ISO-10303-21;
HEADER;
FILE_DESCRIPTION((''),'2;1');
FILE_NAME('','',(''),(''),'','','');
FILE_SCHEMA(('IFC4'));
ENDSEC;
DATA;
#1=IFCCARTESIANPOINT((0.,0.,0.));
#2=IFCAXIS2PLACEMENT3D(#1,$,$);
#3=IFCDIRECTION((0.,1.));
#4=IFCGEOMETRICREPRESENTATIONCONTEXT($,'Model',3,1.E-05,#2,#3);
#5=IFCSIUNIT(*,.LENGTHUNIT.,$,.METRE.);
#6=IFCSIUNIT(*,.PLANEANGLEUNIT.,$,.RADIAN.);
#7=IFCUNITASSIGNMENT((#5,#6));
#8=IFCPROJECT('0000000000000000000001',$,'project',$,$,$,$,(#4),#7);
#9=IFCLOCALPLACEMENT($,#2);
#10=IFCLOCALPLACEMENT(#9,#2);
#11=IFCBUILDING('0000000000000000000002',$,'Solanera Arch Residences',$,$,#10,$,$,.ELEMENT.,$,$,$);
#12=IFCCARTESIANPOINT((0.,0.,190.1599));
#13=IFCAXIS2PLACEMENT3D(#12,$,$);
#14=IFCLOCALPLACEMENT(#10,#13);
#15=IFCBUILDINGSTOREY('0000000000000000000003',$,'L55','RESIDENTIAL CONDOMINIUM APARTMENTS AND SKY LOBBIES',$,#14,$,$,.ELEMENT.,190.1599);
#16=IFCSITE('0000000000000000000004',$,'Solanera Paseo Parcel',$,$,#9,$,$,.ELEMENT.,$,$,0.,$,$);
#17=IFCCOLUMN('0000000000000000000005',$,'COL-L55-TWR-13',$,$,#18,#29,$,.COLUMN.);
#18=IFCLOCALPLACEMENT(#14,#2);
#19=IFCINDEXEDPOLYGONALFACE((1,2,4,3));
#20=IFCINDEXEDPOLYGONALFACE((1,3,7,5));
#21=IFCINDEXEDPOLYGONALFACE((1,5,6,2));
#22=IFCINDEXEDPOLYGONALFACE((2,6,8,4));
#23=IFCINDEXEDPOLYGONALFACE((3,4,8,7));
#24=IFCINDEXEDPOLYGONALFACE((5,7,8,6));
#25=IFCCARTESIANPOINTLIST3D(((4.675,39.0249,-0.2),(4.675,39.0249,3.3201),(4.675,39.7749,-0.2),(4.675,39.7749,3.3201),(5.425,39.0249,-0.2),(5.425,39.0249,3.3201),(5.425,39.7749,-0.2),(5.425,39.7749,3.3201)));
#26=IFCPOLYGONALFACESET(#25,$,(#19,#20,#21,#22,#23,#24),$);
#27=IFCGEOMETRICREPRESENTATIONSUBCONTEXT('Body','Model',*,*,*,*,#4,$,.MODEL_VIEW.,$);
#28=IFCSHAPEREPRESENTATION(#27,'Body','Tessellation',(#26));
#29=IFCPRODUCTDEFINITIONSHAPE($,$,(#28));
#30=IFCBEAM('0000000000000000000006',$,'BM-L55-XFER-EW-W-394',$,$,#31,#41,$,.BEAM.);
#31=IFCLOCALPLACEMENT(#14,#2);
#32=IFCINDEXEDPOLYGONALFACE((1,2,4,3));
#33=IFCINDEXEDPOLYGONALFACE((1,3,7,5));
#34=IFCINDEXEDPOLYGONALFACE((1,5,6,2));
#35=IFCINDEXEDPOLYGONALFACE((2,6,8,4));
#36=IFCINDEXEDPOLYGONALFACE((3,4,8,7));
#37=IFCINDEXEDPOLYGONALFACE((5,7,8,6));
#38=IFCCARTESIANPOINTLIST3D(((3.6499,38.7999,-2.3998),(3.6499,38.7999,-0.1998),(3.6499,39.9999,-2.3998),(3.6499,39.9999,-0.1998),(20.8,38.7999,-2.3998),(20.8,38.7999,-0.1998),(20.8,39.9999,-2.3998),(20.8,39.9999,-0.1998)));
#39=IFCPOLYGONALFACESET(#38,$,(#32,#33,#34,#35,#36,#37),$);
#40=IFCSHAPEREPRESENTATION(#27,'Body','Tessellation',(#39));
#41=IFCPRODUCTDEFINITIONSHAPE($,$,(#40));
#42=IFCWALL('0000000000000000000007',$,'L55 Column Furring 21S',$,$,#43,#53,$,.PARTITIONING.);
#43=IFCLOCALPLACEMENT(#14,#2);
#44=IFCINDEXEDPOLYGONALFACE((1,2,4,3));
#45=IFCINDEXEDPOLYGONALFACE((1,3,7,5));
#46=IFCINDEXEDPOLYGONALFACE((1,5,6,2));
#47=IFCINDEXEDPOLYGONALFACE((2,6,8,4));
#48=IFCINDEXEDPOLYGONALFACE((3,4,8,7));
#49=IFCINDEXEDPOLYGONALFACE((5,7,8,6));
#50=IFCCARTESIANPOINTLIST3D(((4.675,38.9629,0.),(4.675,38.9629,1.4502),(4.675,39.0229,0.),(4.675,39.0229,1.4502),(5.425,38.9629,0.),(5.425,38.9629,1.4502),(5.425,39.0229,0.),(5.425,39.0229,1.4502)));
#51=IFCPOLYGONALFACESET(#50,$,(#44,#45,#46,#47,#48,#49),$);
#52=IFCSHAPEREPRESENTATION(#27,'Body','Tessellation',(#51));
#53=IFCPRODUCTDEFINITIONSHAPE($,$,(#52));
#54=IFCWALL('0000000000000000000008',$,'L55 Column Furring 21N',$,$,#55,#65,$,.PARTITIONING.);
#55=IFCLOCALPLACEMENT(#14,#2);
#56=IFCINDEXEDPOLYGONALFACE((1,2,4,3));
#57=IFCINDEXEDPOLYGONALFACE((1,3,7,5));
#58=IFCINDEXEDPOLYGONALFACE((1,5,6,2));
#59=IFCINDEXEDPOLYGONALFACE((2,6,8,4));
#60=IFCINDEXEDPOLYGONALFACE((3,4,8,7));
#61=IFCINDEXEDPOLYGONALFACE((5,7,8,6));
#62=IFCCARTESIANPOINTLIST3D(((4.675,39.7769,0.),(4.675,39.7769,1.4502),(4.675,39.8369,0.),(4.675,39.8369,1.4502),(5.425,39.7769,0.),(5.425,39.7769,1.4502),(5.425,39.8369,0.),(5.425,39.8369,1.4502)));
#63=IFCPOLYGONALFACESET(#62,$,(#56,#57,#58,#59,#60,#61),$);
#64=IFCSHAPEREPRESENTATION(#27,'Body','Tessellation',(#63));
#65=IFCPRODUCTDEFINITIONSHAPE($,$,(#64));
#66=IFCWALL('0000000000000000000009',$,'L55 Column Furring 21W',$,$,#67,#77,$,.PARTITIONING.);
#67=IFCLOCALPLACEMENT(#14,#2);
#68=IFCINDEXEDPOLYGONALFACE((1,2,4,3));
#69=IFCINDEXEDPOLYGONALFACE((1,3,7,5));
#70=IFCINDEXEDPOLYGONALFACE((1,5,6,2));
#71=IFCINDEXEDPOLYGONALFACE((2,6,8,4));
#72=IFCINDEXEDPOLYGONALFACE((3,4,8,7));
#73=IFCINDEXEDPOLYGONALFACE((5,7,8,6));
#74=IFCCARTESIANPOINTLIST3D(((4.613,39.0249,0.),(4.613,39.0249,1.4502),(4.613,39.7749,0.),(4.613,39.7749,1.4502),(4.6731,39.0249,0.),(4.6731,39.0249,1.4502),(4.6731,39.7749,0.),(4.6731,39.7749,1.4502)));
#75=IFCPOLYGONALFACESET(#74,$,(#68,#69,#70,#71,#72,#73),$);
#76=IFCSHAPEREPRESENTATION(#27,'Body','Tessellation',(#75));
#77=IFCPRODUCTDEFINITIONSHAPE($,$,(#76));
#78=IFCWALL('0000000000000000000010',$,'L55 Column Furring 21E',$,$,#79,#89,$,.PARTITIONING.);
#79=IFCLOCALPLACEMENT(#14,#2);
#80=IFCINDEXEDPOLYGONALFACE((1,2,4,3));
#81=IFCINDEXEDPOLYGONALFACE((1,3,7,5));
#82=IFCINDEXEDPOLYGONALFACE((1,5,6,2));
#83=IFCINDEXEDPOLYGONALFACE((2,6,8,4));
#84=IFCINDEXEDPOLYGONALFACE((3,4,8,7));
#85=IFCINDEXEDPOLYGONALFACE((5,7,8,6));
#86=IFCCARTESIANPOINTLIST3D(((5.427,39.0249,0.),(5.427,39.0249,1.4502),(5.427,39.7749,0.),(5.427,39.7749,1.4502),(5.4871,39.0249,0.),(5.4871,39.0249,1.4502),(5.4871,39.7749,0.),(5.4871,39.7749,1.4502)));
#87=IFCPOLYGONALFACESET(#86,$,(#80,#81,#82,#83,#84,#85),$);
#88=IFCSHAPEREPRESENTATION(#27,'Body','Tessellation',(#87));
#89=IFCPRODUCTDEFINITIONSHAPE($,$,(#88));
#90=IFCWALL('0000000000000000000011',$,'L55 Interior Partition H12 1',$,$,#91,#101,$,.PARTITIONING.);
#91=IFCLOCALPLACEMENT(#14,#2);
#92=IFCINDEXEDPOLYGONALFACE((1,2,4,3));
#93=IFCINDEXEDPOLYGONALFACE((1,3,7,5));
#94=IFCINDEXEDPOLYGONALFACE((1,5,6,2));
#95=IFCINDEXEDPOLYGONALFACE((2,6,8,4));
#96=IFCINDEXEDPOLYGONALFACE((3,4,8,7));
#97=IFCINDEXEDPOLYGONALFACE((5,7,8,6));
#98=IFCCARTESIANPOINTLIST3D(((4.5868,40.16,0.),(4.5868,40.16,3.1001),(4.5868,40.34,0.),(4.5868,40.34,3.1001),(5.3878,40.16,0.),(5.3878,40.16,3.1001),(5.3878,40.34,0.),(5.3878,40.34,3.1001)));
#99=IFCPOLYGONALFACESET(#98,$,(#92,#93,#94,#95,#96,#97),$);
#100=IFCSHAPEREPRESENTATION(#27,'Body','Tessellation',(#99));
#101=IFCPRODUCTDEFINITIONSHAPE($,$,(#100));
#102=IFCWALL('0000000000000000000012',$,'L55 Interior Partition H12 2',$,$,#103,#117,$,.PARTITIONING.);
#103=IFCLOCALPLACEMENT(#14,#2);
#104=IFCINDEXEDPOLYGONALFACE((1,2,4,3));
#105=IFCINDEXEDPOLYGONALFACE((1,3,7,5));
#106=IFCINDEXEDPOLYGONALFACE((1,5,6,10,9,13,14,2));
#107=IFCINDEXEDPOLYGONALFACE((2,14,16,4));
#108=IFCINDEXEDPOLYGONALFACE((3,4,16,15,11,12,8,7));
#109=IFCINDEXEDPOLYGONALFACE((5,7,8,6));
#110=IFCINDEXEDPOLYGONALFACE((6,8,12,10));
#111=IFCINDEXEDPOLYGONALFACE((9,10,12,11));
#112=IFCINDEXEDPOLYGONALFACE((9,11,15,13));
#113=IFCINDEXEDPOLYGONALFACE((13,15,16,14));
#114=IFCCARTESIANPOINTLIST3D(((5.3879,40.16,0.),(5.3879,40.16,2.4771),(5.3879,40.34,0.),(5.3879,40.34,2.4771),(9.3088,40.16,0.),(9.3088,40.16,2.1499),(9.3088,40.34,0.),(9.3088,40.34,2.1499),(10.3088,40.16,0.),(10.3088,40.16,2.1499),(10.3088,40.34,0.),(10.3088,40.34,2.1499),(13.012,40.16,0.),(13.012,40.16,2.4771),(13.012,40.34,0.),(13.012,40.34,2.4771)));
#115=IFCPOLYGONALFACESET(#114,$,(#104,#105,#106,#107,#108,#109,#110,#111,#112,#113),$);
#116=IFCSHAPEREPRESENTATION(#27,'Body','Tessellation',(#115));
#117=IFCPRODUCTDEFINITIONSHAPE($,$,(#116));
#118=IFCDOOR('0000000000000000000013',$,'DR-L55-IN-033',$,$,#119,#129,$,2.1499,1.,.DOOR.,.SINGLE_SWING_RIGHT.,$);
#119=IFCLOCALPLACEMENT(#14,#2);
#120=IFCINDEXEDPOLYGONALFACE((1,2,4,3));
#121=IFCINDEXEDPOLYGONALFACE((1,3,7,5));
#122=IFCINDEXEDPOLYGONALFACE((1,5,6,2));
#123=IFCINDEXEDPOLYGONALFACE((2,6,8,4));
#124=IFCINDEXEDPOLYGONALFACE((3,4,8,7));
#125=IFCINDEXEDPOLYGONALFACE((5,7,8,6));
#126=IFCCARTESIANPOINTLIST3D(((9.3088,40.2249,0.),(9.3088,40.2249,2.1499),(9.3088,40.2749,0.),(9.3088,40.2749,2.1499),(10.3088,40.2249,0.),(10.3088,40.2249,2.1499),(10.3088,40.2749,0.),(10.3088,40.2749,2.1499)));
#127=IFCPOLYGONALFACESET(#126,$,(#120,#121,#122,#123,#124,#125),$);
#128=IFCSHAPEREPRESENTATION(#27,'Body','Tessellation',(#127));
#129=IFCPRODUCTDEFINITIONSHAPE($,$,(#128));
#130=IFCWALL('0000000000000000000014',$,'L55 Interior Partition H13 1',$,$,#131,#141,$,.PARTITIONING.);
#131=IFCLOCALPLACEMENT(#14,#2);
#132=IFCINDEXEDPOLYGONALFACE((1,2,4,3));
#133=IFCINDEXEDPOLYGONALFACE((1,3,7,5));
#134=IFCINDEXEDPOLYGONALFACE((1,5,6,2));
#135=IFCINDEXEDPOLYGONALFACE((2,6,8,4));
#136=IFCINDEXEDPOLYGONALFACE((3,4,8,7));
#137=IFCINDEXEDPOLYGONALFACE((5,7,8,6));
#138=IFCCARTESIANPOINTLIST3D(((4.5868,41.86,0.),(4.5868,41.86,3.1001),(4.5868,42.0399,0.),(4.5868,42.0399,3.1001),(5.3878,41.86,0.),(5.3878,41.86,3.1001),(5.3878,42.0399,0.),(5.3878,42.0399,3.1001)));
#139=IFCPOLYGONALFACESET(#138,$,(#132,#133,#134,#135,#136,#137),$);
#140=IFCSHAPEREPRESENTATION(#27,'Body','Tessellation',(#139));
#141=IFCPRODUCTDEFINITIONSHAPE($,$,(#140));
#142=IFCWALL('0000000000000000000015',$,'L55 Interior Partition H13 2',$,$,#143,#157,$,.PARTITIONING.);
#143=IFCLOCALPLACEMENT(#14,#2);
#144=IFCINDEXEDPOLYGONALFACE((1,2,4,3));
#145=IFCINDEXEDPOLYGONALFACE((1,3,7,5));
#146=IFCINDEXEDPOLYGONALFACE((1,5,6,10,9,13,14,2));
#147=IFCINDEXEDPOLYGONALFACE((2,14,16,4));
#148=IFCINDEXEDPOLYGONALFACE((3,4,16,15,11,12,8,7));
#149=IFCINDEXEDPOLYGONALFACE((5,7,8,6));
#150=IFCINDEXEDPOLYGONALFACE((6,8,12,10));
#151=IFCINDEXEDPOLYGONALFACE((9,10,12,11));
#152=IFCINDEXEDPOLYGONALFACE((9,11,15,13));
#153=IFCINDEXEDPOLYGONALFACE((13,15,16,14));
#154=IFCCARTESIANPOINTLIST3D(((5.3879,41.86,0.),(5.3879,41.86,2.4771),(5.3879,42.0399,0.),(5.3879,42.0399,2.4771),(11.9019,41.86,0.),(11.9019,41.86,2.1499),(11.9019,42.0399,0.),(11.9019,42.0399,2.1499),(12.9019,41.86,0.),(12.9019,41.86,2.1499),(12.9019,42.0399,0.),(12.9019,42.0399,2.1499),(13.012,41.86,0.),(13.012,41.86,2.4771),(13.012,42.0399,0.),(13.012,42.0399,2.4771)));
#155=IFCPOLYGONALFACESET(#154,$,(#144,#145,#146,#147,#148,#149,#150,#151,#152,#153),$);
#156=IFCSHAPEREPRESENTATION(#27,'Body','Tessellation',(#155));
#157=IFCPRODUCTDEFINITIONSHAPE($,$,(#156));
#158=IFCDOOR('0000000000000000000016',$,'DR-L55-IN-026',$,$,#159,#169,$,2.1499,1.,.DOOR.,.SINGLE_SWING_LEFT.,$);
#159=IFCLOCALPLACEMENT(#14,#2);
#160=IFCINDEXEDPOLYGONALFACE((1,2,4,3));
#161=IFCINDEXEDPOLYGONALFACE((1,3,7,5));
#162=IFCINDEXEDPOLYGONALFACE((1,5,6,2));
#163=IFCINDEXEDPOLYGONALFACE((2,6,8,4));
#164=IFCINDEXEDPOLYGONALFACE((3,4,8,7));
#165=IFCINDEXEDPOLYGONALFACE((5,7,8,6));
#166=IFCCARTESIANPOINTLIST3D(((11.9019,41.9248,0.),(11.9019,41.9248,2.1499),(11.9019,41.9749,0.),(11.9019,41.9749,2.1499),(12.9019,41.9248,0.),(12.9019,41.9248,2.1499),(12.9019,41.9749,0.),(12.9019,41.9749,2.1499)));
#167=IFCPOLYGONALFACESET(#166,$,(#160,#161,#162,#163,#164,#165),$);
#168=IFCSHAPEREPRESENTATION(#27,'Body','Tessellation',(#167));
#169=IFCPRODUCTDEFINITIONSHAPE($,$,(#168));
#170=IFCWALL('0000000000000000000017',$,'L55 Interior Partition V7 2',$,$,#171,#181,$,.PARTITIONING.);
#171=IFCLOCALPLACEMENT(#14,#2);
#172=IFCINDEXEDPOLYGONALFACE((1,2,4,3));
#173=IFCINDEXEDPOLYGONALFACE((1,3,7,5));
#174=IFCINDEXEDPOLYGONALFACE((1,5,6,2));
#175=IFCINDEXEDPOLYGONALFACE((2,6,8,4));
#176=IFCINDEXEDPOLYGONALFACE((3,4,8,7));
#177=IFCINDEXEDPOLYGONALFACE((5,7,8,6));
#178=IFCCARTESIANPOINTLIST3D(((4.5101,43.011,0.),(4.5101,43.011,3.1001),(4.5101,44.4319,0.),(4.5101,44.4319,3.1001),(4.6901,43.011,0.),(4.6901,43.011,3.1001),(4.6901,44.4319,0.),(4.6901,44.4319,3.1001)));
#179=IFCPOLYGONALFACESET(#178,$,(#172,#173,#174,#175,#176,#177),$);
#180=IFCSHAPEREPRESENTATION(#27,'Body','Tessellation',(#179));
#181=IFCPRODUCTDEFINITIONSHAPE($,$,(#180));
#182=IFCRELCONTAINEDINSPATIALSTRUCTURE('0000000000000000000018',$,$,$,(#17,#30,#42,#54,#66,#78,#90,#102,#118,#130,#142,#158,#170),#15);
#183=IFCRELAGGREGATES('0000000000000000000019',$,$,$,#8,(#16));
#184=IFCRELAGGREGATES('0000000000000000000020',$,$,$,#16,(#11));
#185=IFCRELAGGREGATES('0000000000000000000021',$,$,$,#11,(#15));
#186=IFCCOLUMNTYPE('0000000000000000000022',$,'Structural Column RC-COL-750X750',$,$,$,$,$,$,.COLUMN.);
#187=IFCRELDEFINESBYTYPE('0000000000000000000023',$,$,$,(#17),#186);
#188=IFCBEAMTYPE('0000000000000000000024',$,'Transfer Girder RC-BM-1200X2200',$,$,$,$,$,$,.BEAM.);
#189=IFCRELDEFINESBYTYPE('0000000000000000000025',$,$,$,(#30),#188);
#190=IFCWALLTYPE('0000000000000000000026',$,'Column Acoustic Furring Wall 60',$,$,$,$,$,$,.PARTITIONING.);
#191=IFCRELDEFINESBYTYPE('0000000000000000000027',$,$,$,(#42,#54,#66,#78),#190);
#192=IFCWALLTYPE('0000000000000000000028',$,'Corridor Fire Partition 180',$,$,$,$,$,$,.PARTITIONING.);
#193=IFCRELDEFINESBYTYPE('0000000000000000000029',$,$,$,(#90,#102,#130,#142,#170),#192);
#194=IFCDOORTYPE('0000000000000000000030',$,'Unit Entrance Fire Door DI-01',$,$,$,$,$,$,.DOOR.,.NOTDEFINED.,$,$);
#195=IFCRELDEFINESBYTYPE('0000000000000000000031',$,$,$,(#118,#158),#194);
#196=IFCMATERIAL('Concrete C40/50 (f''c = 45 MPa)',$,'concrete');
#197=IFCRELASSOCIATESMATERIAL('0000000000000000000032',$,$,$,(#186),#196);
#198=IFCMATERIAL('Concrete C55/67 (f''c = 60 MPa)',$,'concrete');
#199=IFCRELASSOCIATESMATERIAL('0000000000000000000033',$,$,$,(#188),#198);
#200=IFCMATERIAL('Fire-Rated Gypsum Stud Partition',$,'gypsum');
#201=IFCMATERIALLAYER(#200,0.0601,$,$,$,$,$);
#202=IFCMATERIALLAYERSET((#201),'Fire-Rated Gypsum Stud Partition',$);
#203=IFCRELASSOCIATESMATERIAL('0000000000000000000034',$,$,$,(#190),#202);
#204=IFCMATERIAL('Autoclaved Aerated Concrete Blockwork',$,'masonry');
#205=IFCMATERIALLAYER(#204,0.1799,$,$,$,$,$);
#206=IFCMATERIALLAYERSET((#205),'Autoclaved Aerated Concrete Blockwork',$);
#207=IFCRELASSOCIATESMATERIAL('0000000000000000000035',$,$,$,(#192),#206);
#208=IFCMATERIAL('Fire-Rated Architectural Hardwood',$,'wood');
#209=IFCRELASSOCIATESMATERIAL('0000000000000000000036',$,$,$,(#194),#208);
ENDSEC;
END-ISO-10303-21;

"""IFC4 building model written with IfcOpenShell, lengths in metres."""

from ifc_helpers import new_model, si_unit, direction, frame, frame_2d, origin, origin_2d, place, context, subcontext, project, spatial, rectangle, extrude, material, layer, layer_set, material_profile, profile_set, type_object, element, fill, save


model = new_model("IFC4")

# Units and contexts
model_context = context("Model", 3, precision=1e-05, world=origin(), true_north=direction((0.0, 1.0)))
body_context = subcontext(model_context, "Body", "Model", "MODEL_VIEW")
ifc_project = project(units=[si_unit("LENGTHUNIT", "METRE"), si_unit("PLANEANGLEUNIT", "RADIAN")], contexts=[model_context])

# Site, building, storey
site_placement = place(None, origin())
site = spatial("IfcSite", under=ifc_project, at=site_placement, Name="Solanera Paseo Parcel", CompositionType="ELEMENT", RefElevation=0.0)
building_placement = place(site_placement, origin())
building = spatial("IfcBuilding", under=site, at=building_placement, Name="Solanera Arch Residences", CompositionType="ELEMENT")
storey_placement = place(building_placement, frame((0.0, 0.0, 190.1599)))
storey = spatial("IfcBuildingStorey", under=building, at=storey_placement, Name="L55", Description="RESIDENTIAL CONDOMINIUM APARTMENTS AND SKY LOBBIES", CompositionType="ELEMENT", Elevation=190.1599)

# Column
ifc_material_1 = material(Name="Concrete C40/50 (f'c = 45 MPa)", Category="concrete")
ifc_material_profile_1 = material_profile(ifc_material_1, rectangle(XDim=0.75, YDim=0.75, at=origin_2d()))
ifc_profile_set_1 = profile_set([ifc_material_profile_1], Name="Concrete C40/50 (f'c = 45 MPa)")
column_type = type_object("IfcColumnType", Name="Structural Column RC-COL-750X750", PredefinedType="COLUMN", material=ifc_profile_set_1)
column_placement = place(storey_placement, frame((5.05, 39.3999, -0.2), z_axis=(0.0, 0.0, 1.0), x_axis=(1.0, 0.0, 0.0)))
element("IfcColumn", 1, at=column_placement, inside=storey, type_object=column_type, Name="COL-L55-TWR-13", PredefinedType="COLUMN", context=body_context, shape_type="SweptSolid", body=[
    extrude(rectangle(XDim=0.75, YDim=0.75, at=origin_2d()), origin(), (0.0, 0.0, 1.0), 3.52),
])

# Beam
ifc_material_2 = material(Name="Concrete C55/67 (f'c = 60 MPa)", Category="concrete")
ifc_material_profile_2 = material_profile(ifc_material_2, rectangle(XDim=1.2, YDim=2.2, at=origin_2d()))
ifc_profile_set_2 = profile_set([ifc_material_profile_2], Name="Concrete C55/67 (f'c = 60 MPa)")
beam_type = type_object("IfcBeamType", Name="Transfer Girder RC-BM-1200X2200", PredefinedType="BEAM", material=ifc_profile_set_2)
beam_placement = place(storey_placement, frame((3.6499, 39.3999, -1.2998), z_axis=(1.0, 0.0, 0.0), x_axis=(0.0, 1.0, 0.0)))
element("IfcBeam", 2, at=beam_placement, inside=storey, type_object=beam_type, Name="BM-L55-XFER-EW-W-394", PredefinedType="BEAM", context=body_context, shape_type="SweptSolid", body=[
    extrude(rectangle(XDim=1.2, YDim=2.2, at=origin_2d()), origin(), (0.0, 0.0, 1.0), 17.1501),
])

# Walls
ifc_material_3 = material(Name="Fire-Rated Gypsum Stud Partition", Category="gypsum")
ifc_layer_1 = layer(ifc_material_3, 0.0601)
ifc_layer_set_1 = layer_set([ifc_layer_1], Name="Fire-Rated Gypsum Stud Partition")
wall_type_1 = type_object("IfcWallType", Name="Column Acoustic Furring Wall 60", PredefinedType="PARTITIONING", material=ifc_layer_set_1)
for number, where, z_axis, x_axis, name in (
    (3, (4.675, 38.9929, 0.0), (0.0, 0.0, 1.0), (1.0, 0.0, 0.0), "L55 Column Furring 21S"),
    (4, (4.675, 39.8069, 0.0), (0.0, 0.0, 1.0), (1.0, 0.0, 0.0), "L55 Column Furring 21N"),
    (5, (4.6431, 39.0249, 0.0), (0.0, 0.0, 1.0), (0.0, 1.0, 0.0), "L55 Column Furring 21W"),
    (6, (5.457, 39.0249, 0.0), (0.0, 0.0, 1.0), (0.0, 1.0, 0.0), "L55 Column Furring 21E"),
):
    element("IfcWall", number, at=place(storey_placement, frame(where, z_axis=z_axis, x_axis=x_axis)), inside=storey, type_object=wall_type_1, Name=name, PredefinedType="PARTITIONING", context=body_context, shape_type="SweptSolid", body=[
        extrude(rectangle(XDim=0.75, YDim=0.0601, at=frame_2d((0.375, 0.0))), origin(), (0.0, 0.0, 1.0), 1.4502),
    ])
ifc_material_4 = material(Name="Autoclaved Aerated Concrete Blockwork", Category="masonry")
ifc_layer_2 = layer(ifc_material_4, 0.1799)
ifc_layer_set_2 = layer_set([ifc_layer_2], Name="Autoclaved Aerated Concrete Blockwork")
wall_type_2 = type_object("IfcWallType", Name="Corridor Fire Partition 180", PredefinedType="PARTITIONING", material=ifc_layer_set_2)
wall_1_placement = place(storey_placement, frame((4.5869, 40.25, 0.0), z_axis=(0.0, 0.0, 1.0), x_axis=(1.0, 0.0, 0.0)))
element("IfcWall", 7, at=wall_1_placement, inside=storey, type_object=wall_type_2, Name="L55 Interior Partition H12 1", PredefinedType="PARTITIONING", context=body_context, shape_type="SweptSolid", body=[
    extrude(rectangle(XDim=0.801, YDim=0.1799, at=frame_2d((0.4004, 0.0))), origin(), (0.0, 0.0, 1.0), 3.1001),
])

# Wall, opening, door
wall_2_placement = place(storey_placement, frame((5.3879, 40.25, 0.0), z_axis=(0.0, 0.0, 1.0), x_axis=(1.0, 0.0, 0.0)))
wall_2 = element("IfcWall", 8, at=wall_2_placement, inside=storey, type_object=wall_type_2, Name="L55 Interior Partition H12 2", PredefinedType="PARTITIONING", context=body_context, shape_type="SweptSolid", body=[
    extrude(rectangle(XDim=7.624, YDim=0.1799, at=frame_2d((3.812, 0.0))), origin(), (0.0, 0.0, 1.0), 2.4771),
])
opening_1_placement = place(wall_2_placement, frame((3.9209, 0.0, 0.0)))
opening_1 = element("IfcOpeningElement", 9, at=opening_1_placement, cuts=wall_2, PredefinedType="OPENING", context=body_context, shape_type="SweptSolid", body=[
    extrude(rectangle(XDim=1.0, YDim=2.1499, at=frame_2d((0.5, 1.075))), frame((0.0, 0.1001, 0.0), z_axis=(0.0, -1.0, 0.0), x_axis=(1.0, 0.0, 0.0)), (0.0, 0.0, 1.0), 0.1999),
])
ifc_material_5 = material(Name="Fire-Rated Architectural Hardwood", Category="wood")
door_type = type_object("IfcDoorType", Name="Unit Entrance Fire Door DI-01", OperationType="NOTDEFINED", PredefinedType="DOOR", material=ifc_material_5)
door_1_placement = place(opening_1_placement, origin())
door_1 = element("IfcDoor", 10, at=door_1_placement, inside=storey, type_object=door_type, Name="DR-L55-IN-033", OperationType="SINGLE_SWING_RIGHT", OverallHeight=2.1499, OverallWidth=1.0, PredefinedType="DOOR", context=body_context, shape_type="SweptSolid", body=[
    extrude(rectangle(XDim=1.0, YDim=2.1499, at=frame_2d((0.5, 1.075))), frame((0.0, 0.0249, 0.0), z_axis=(0.0, -1.0, 0.0), x_axis=(1.0, 0.0, 0.0)), (0.0, 0.0, 1.0), 0.05),
])
fill(opening_1, door_1)

# Wall
wall_3_placement = place(storey_placement, frame((4.5869, 41.95, 0.0), z_axis=(0.0, 0.0, 1.0), x_axis=(1.0, 0.0, 0.0)))
element("IfcWall", 11, at=wall_3_placement, inside=storey, type_object=wall_type_2, Name="L55 Interior Partition H13 1", PredefinedType="PARTITIONING", context=body_context, shape_type="SweptSolid", body=[
    extrude(rectangle(XDim=0.801, YDim=0.1799, at=frame_2d((0.4004, 0.0))), origin(), (0.0, 0.0, 1.0), 3.1001),
])

# Wall, opening, door
wall_4_placement = place(storey_placement, frame((5.3879, 41.95, 0.0), z_axis=(0.0, 0.0, 1.0), x_axis=(1.0, 0.0, 0.0)))
wall_4 = element("IfcWall", 12, at=wall_4_placement, inside=storey, type_object=wall_type_2, Name="L55 Interior Partition H13 2", PredefinedType="PARTITIONING", context=body_context, shape_type="SweptSolid", body=[
    extrude(rectangle(XDim=7.624, YDim=0.1799, at=frame_2d((3.812, 0.0))), origin(), (0.0, 0.0, 1.0), 2.4771),
])
opening_2_placement = place(wall_4_placement, frame((6.5139, 0.0, 0.0)))
opening_2 = element("IfcOpeningElement", 13, at=opening_2_placement, cuts=wall_4, PredefinedType="OPENING", context=body_context, shape_type="SweptSolid", body=[
    extrude(rectangle(XDim=1.0, YDim=2.1499, at=frame_2d((0.5, 1.075))), frame((0.0, 0.1001, 0.0), z_axis=(0.0, -1.0, 0.0), x_axis=(1.0, 0.0, 0.0)), (0.0, 0.0, 1.0), 0.1999),
])
door_2_placement = place(opening_2_placement, origin())
door_2 = element("IfcDoor", 14, at=door_2_placement, inside=storey, type_object=door_type, Name="DR-L55-IN-026", OperationType="SINGLE_SWING_LEFT", OverallHeight=2.1499, OverallWidth=1.0, PredefinedType="DOOR", context=body_context, shape_type="SweptSolid", body=[
    extrude(rectangle(XDim=1.0, YDim=2.1499, at=frame_2d((0.5, 1.075))), frame((0.0, 0.0249, 0.0), z_axis=(0.0, -1.0, 0.0), x_axis=(1.0, 0.0, 0.0)), (0.0, 0.0, 1.0), 0.05),
])
fill(opening_2, door_2)

# Wall
wall_5_placement = place(storey_placement, frame((4.6001, 43.011, 0.0), z_axis=(0.0, 0.0, 1.0), x_axis=(0.0, 1.0, 0.0)))
element("IfcWall", 15, at=wall_5_placement, inside=storey, type_object=wall_type_2, Name="L55 Interior Partition V7 2", PredefinedType="PARTITIONING", context=body_context, shape_type="SweptSolid", body=[
    extrude(rectangle(XDim=1.4209, YDim=0.1799, at=frame_2d((0.7104, 0.0))), origin(), (0.0, 0.0, 1.0), 3.1001),
])

save(model, "model.ifc")
